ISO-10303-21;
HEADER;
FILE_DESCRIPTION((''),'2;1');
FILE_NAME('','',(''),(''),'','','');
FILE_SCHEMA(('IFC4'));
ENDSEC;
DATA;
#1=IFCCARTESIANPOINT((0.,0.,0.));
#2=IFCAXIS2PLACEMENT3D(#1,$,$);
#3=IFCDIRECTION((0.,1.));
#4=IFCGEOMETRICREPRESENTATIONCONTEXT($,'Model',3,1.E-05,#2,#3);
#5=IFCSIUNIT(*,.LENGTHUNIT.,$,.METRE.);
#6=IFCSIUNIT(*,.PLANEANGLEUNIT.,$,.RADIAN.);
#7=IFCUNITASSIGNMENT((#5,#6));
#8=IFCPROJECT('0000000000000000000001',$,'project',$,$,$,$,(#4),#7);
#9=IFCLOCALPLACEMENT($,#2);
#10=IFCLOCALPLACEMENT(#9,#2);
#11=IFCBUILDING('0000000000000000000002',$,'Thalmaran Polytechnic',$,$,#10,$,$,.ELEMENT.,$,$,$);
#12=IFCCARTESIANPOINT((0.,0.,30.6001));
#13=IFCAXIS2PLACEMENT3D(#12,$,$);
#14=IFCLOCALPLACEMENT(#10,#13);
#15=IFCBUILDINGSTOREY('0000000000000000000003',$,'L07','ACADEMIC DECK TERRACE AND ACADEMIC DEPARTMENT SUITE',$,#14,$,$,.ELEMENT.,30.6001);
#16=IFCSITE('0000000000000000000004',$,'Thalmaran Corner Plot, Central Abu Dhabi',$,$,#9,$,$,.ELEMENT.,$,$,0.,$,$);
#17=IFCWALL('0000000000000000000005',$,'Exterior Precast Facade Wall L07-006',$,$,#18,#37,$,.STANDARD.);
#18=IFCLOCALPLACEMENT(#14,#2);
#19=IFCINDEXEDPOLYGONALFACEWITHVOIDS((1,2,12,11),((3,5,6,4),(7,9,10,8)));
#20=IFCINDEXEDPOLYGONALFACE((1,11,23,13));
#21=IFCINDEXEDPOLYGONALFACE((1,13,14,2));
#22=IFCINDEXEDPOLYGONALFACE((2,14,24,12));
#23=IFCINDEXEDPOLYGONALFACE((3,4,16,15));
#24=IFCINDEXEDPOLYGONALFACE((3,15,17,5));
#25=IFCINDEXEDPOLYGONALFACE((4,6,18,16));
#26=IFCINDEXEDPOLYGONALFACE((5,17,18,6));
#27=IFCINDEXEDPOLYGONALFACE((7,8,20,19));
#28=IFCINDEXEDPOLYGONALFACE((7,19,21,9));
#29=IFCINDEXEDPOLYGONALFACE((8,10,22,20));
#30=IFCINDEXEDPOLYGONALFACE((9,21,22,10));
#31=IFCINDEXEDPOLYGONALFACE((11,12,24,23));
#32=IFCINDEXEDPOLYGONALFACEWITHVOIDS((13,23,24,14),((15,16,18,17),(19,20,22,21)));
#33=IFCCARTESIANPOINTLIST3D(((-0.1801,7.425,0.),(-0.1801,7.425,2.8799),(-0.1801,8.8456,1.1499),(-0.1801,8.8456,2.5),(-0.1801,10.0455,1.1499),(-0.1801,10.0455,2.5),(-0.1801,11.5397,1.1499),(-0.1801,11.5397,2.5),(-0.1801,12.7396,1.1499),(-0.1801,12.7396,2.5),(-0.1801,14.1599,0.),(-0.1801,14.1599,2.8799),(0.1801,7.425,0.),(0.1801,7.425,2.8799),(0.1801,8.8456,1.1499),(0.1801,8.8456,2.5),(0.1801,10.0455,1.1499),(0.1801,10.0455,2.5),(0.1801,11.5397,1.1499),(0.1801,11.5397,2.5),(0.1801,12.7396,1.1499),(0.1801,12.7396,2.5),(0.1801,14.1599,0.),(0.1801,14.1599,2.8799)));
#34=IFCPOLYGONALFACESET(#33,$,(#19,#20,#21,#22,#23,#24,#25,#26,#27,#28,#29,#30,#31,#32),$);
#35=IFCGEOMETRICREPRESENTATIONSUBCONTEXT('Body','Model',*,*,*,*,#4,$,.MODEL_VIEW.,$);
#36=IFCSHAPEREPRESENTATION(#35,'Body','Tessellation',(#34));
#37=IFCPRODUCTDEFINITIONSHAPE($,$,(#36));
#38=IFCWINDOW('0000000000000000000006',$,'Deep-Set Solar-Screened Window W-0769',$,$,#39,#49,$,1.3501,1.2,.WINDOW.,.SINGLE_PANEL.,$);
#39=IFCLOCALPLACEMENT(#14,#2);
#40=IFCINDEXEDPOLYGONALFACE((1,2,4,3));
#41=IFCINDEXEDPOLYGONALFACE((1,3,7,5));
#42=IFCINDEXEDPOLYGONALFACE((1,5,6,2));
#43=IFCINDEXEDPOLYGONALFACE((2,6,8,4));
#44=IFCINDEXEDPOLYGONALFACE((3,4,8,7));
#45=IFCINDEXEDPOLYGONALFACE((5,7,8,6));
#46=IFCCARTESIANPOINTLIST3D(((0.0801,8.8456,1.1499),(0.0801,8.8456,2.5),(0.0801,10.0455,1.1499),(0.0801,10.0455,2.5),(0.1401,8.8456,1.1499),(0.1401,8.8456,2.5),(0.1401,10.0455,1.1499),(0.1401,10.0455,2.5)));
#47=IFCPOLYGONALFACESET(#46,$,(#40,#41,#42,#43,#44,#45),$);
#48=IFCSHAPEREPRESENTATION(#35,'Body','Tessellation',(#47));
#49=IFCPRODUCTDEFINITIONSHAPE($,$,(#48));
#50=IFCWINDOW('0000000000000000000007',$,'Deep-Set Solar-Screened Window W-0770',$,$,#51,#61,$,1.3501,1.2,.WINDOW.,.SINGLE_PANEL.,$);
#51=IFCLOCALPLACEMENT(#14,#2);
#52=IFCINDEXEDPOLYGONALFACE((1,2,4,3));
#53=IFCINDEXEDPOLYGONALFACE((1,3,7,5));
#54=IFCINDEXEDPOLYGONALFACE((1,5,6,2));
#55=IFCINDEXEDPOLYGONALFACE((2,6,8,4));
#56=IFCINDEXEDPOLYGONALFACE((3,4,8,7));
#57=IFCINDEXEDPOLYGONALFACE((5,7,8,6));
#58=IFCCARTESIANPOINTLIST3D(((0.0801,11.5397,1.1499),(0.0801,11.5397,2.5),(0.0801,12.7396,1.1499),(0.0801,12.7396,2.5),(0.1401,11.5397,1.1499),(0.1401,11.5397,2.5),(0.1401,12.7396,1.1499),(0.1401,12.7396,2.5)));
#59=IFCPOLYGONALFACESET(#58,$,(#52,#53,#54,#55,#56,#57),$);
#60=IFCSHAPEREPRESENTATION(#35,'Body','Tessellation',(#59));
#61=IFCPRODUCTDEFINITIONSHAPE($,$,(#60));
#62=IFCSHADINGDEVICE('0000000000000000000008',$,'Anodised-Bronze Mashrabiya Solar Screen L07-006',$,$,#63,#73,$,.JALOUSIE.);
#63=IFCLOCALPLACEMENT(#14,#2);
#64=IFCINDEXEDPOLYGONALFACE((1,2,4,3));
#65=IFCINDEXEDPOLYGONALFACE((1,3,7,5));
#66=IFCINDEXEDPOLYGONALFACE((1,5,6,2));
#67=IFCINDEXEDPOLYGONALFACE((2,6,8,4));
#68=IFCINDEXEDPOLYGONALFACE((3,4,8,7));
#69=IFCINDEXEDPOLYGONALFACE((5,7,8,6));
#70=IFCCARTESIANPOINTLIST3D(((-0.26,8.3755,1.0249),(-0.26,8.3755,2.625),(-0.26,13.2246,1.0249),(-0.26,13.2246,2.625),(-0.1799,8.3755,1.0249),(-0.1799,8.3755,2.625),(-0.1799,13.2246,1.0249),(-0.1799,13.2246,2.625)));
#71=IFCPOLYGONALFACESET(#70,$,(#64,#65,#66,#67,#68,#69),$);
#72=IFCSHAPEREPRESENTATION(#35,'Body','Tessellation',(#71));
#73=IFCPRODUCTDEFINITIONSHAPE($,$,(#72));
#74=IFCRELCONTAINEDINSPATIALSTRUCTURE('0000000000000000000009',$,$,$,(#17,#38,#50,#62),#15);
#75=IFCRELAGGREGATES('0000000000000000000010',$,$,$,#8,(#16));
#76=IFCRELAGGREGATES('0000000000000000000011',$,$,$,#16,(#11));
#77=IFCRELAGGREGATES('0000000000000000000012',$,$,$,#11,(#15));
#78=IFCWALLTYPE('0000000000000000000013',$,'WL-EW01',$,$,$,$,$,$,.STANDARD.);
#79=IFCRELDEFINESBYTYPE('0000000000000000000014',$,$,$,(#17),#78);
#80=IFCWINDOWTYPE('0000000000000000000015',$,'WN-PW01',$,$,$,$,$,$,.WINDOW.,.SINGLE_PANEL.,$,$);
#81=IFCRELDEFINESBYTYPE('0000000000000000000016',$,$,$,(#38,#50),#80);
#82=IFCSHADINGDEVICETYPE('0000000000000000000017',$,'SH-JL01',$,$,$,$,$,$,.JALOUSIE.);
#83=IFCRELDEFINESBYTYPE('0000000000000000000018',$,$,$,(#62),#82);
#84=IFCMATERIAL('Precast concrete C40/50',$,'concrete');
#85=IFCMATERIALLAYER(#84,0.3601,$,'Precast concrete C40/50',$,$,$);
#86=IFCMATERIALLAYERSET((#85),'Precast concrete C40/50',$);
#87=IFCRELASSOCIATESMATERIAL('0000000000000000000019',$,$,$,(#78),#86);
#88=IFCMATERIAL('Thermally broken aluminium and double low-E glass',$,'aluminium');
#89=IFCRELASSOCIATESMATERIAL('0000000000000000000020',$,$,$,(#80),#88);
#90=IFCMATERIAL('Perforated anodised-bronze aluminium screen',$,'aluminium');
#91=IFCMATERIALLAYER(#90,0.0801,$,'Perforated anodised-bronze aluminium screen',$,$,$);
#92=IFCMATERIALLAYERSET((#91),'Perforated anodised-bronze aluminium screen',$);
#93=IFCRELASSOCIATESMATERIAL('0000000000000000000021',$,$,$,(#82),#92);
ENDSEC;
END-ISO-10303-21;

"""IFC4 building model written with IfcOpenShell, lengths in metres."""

from ifc_helpers import new_model, si_unit, direction, frame, frame_2d, origin, origin_2d, place, context, subcontext, project, spatial, rectangle, extrude, material, layer, layer_set, type_object, element, fill, save


model = new_model("IFC4")

# Units and contexts
model_context = context("Model", 3, precision=1e-05, world=origin(), true_north=direction((0.0, 1.0)))
body_context = subcontext(model_context, "Body", "Model", "MODEL_VIEW")
ifc_project = project(units=[si_unit("LENGTHUNIT", "METRE"), si_unit("PLANEANGLEUNIT", "RADIAN")], contexts=[model_context])

# Site, building, storey
site_placement = place(None, origin())
site = spatial("IfcSite", under=ifc_project, at=site_placement, Name="Thalmaran Corner Plot, Central Abu Dhabi", CompositionType="ELEMENT", RefElevation=0.0)
building_placement = place(site_placement, origin())
building = spatial("IfcBuilding", under=site, at=building_placement, Name="Thalmaran Polytechnic", CompositionType="ELEMENT")
storey_placement = place(building_placement, frame((0.0, 0.0, 30.6001)))
storey = spatial("IfcBuildingStorey", under=building, at=storey_placement, Name="L07", Description="ACADEMIC DECK TERRACE AND ACADEMIC DEPARTMENT SUITE", CompositionType="ELEMENT", Elevation=30.6001)

# Wall, openings, windows
ifc_material_1 = material(Name="Precast concrete C40/50", Category="concrete")
ifc_layer_1 = layer(ifc_material_1, 0.3601, Name="Precast concrete C40/50")
ifc_layer_set_1 = layer_set([ifc_layer_1], Name="Precast concrete C40/50")
wall_type = type_object("IfcWallType", Name="WL-EW01", PredefinedType="STANDARD", material=ifc_layer_set_1)
wall_placement = place(storey_placement, frame((0.0, 7.425, 0.0), z_axis=(0.0, 0.0, 1.0), x_axis=(0.0, 1.0, 0.0)))
wall = element("IfcWall", 1, at=wall_placement, inside=storey, type_object=wall_type, Name="Exterior Precast Facade Wall L07-006", PredefinedType="STANDARD", context=body_context, shape_type="SweptSolid", body=[
    extrude(rectangle(XDim=6.7349, YDim=0.3601, at=frame_2d((3.3674, 0.0))), origin(), (0.0, 0.0, 1.0), 2.8799),
])
opening_1_placement = place(wall_placement, frame((1.4204, 0.0, 1.1499)))
opening_1 = element("IfcOpeningElement", 2, at=opening_1_placement, cuts=wall, PredefinedType="OPENING", context=body_context, shape_type="SweptSolid", body=[
    extrude(rectangle(XDim=1.2, YDim=1.3501, at=frame_2d((0.6001, 0.675))), frame((0.0, 0.1899, 0.0), z_axis=(0.0, -1.0, 0.0), x_axis=(1.0, 0.0, 0.0)), (0.0, 0.0, 1.0), 0.3801),
])
opening_2_placement = place(wall_placement, frame((4.1145, 0.0, 1.1499)))
opening_2 = element("IfcOpeningElement", 3, at=opening_2_placement, cuts=wall, PredefinedType="OPENING", context=body_context, shape_type="SweptSolid", body=[
    extrude(rectangle(XDim=1.2, YDim=1.3501, at=frame_2d((0.6001, 0.675))), frame((0.0, 0.1899, 0.0), z_axis=(0.0, -1.0, 0.0), x_axis=(1.0, 0.0, 0.0)), (0.0, 0.0, 1.0), 0.3801),
])
ifc_material_2 = material(Name="Thermally broken aluminium and double low-E glass", Category="aluminium")
window_type = type_object("IfcWindowType", Name="WN-PW01", PartitioningType="SINGLE_PANEL", PredefinedType="WINDOW", material=ifc_material_2)
window_1_placement = place(opening_1_placement, origin())
window_1 = element("IfcWindow", 4, at=window_1_placement, inside=storey, type_object=window_type, Name="Deep-Set Solar-Screened Window W-0769", OverallHeight=1.3501, OverallWidth=1.2, PartitioningType="SINGLE_PANEL", PredefinedType="WINDOW", context=body_context, shape_type="SweptSolid", body=[
    extrude(rectangle(XDim=1.2, YDim=1.3501, at=frame_2d((0.6001, 0.675))), frame((0.0, -0.0801, 0.0), z_axis=(0.0, -1.0, 0.0), x_axis=(1.0, 0.0, 0.0)), (0.0, 0.0, 1.0), 0.0601),
])
fill(opening_1, window_1)
window_2_placement = place(opening_2_placement, origin())
window_2 = element("IfcWindow", 5, at=window_2_placement, inside=storey, type_object=window_type, Name="Deep-Set Solar-Screened Window W-0770", OverallHeight=1.3501, OverallWidth=1.2, PartitioningType="SINGLE_PANEL", PredefinedType="WINDOW", context=body_context, shape_type="SweptSolid", body=[
    extrude(rectangle(XDim=1.2, YDim=1.3501, at=frame_2d((0.6001, 0.675))), frame((0.0, -0.0801, 0.0), z_axis=(0.0, -1.0, 0.0), x_axis=(1.0, 0.0, 0.0)), (0.0, 0.0, 1.0), 0.0601),
])
fill(opening_2, window_2)

# Shading device
ifc_material_3 = material(Name="Perforated anodised-bronze aluminium screen", Category="aluminium")
ifc_layer_2 = layer(ifc_material_3, 0.0801, Name="Perforated anodised-bronze aluminium screen")
ifc_layer_set_2 = layer_set([ifc_layer_2], Name="Perforated anodised-bronze aluminium screen")
shading_device_type = type_object("IfcShadingDeviceType", Name="SH-JL01", PredefinedType="JALOUSIE", material=ifc_layer_set_2)
shading_device_placement = place(storey_placement, frame((-0.22, 10.8, 1.0249), z_axis=(0.0, 0.0, 1.0), x_axis=(0.0, 1.0, 0.0)))
element("IfcShadingDevice", 6, at=shading_device_placement, inside=storey, type_object=shading_device_type, Name="Anodised-Bronze Mashrabiya Solar Screen L07-006", PredefinedType="JALOUSIE", context=body_context, shape_type="SweptSolid", body=[
    extrude(rectangle(XDim=4.8491, YDim=0.0801, at=origin_2d()), origin(), (0.0, 0.0, 1.0), 1.6001),
])

save(model, "model.ifc")
